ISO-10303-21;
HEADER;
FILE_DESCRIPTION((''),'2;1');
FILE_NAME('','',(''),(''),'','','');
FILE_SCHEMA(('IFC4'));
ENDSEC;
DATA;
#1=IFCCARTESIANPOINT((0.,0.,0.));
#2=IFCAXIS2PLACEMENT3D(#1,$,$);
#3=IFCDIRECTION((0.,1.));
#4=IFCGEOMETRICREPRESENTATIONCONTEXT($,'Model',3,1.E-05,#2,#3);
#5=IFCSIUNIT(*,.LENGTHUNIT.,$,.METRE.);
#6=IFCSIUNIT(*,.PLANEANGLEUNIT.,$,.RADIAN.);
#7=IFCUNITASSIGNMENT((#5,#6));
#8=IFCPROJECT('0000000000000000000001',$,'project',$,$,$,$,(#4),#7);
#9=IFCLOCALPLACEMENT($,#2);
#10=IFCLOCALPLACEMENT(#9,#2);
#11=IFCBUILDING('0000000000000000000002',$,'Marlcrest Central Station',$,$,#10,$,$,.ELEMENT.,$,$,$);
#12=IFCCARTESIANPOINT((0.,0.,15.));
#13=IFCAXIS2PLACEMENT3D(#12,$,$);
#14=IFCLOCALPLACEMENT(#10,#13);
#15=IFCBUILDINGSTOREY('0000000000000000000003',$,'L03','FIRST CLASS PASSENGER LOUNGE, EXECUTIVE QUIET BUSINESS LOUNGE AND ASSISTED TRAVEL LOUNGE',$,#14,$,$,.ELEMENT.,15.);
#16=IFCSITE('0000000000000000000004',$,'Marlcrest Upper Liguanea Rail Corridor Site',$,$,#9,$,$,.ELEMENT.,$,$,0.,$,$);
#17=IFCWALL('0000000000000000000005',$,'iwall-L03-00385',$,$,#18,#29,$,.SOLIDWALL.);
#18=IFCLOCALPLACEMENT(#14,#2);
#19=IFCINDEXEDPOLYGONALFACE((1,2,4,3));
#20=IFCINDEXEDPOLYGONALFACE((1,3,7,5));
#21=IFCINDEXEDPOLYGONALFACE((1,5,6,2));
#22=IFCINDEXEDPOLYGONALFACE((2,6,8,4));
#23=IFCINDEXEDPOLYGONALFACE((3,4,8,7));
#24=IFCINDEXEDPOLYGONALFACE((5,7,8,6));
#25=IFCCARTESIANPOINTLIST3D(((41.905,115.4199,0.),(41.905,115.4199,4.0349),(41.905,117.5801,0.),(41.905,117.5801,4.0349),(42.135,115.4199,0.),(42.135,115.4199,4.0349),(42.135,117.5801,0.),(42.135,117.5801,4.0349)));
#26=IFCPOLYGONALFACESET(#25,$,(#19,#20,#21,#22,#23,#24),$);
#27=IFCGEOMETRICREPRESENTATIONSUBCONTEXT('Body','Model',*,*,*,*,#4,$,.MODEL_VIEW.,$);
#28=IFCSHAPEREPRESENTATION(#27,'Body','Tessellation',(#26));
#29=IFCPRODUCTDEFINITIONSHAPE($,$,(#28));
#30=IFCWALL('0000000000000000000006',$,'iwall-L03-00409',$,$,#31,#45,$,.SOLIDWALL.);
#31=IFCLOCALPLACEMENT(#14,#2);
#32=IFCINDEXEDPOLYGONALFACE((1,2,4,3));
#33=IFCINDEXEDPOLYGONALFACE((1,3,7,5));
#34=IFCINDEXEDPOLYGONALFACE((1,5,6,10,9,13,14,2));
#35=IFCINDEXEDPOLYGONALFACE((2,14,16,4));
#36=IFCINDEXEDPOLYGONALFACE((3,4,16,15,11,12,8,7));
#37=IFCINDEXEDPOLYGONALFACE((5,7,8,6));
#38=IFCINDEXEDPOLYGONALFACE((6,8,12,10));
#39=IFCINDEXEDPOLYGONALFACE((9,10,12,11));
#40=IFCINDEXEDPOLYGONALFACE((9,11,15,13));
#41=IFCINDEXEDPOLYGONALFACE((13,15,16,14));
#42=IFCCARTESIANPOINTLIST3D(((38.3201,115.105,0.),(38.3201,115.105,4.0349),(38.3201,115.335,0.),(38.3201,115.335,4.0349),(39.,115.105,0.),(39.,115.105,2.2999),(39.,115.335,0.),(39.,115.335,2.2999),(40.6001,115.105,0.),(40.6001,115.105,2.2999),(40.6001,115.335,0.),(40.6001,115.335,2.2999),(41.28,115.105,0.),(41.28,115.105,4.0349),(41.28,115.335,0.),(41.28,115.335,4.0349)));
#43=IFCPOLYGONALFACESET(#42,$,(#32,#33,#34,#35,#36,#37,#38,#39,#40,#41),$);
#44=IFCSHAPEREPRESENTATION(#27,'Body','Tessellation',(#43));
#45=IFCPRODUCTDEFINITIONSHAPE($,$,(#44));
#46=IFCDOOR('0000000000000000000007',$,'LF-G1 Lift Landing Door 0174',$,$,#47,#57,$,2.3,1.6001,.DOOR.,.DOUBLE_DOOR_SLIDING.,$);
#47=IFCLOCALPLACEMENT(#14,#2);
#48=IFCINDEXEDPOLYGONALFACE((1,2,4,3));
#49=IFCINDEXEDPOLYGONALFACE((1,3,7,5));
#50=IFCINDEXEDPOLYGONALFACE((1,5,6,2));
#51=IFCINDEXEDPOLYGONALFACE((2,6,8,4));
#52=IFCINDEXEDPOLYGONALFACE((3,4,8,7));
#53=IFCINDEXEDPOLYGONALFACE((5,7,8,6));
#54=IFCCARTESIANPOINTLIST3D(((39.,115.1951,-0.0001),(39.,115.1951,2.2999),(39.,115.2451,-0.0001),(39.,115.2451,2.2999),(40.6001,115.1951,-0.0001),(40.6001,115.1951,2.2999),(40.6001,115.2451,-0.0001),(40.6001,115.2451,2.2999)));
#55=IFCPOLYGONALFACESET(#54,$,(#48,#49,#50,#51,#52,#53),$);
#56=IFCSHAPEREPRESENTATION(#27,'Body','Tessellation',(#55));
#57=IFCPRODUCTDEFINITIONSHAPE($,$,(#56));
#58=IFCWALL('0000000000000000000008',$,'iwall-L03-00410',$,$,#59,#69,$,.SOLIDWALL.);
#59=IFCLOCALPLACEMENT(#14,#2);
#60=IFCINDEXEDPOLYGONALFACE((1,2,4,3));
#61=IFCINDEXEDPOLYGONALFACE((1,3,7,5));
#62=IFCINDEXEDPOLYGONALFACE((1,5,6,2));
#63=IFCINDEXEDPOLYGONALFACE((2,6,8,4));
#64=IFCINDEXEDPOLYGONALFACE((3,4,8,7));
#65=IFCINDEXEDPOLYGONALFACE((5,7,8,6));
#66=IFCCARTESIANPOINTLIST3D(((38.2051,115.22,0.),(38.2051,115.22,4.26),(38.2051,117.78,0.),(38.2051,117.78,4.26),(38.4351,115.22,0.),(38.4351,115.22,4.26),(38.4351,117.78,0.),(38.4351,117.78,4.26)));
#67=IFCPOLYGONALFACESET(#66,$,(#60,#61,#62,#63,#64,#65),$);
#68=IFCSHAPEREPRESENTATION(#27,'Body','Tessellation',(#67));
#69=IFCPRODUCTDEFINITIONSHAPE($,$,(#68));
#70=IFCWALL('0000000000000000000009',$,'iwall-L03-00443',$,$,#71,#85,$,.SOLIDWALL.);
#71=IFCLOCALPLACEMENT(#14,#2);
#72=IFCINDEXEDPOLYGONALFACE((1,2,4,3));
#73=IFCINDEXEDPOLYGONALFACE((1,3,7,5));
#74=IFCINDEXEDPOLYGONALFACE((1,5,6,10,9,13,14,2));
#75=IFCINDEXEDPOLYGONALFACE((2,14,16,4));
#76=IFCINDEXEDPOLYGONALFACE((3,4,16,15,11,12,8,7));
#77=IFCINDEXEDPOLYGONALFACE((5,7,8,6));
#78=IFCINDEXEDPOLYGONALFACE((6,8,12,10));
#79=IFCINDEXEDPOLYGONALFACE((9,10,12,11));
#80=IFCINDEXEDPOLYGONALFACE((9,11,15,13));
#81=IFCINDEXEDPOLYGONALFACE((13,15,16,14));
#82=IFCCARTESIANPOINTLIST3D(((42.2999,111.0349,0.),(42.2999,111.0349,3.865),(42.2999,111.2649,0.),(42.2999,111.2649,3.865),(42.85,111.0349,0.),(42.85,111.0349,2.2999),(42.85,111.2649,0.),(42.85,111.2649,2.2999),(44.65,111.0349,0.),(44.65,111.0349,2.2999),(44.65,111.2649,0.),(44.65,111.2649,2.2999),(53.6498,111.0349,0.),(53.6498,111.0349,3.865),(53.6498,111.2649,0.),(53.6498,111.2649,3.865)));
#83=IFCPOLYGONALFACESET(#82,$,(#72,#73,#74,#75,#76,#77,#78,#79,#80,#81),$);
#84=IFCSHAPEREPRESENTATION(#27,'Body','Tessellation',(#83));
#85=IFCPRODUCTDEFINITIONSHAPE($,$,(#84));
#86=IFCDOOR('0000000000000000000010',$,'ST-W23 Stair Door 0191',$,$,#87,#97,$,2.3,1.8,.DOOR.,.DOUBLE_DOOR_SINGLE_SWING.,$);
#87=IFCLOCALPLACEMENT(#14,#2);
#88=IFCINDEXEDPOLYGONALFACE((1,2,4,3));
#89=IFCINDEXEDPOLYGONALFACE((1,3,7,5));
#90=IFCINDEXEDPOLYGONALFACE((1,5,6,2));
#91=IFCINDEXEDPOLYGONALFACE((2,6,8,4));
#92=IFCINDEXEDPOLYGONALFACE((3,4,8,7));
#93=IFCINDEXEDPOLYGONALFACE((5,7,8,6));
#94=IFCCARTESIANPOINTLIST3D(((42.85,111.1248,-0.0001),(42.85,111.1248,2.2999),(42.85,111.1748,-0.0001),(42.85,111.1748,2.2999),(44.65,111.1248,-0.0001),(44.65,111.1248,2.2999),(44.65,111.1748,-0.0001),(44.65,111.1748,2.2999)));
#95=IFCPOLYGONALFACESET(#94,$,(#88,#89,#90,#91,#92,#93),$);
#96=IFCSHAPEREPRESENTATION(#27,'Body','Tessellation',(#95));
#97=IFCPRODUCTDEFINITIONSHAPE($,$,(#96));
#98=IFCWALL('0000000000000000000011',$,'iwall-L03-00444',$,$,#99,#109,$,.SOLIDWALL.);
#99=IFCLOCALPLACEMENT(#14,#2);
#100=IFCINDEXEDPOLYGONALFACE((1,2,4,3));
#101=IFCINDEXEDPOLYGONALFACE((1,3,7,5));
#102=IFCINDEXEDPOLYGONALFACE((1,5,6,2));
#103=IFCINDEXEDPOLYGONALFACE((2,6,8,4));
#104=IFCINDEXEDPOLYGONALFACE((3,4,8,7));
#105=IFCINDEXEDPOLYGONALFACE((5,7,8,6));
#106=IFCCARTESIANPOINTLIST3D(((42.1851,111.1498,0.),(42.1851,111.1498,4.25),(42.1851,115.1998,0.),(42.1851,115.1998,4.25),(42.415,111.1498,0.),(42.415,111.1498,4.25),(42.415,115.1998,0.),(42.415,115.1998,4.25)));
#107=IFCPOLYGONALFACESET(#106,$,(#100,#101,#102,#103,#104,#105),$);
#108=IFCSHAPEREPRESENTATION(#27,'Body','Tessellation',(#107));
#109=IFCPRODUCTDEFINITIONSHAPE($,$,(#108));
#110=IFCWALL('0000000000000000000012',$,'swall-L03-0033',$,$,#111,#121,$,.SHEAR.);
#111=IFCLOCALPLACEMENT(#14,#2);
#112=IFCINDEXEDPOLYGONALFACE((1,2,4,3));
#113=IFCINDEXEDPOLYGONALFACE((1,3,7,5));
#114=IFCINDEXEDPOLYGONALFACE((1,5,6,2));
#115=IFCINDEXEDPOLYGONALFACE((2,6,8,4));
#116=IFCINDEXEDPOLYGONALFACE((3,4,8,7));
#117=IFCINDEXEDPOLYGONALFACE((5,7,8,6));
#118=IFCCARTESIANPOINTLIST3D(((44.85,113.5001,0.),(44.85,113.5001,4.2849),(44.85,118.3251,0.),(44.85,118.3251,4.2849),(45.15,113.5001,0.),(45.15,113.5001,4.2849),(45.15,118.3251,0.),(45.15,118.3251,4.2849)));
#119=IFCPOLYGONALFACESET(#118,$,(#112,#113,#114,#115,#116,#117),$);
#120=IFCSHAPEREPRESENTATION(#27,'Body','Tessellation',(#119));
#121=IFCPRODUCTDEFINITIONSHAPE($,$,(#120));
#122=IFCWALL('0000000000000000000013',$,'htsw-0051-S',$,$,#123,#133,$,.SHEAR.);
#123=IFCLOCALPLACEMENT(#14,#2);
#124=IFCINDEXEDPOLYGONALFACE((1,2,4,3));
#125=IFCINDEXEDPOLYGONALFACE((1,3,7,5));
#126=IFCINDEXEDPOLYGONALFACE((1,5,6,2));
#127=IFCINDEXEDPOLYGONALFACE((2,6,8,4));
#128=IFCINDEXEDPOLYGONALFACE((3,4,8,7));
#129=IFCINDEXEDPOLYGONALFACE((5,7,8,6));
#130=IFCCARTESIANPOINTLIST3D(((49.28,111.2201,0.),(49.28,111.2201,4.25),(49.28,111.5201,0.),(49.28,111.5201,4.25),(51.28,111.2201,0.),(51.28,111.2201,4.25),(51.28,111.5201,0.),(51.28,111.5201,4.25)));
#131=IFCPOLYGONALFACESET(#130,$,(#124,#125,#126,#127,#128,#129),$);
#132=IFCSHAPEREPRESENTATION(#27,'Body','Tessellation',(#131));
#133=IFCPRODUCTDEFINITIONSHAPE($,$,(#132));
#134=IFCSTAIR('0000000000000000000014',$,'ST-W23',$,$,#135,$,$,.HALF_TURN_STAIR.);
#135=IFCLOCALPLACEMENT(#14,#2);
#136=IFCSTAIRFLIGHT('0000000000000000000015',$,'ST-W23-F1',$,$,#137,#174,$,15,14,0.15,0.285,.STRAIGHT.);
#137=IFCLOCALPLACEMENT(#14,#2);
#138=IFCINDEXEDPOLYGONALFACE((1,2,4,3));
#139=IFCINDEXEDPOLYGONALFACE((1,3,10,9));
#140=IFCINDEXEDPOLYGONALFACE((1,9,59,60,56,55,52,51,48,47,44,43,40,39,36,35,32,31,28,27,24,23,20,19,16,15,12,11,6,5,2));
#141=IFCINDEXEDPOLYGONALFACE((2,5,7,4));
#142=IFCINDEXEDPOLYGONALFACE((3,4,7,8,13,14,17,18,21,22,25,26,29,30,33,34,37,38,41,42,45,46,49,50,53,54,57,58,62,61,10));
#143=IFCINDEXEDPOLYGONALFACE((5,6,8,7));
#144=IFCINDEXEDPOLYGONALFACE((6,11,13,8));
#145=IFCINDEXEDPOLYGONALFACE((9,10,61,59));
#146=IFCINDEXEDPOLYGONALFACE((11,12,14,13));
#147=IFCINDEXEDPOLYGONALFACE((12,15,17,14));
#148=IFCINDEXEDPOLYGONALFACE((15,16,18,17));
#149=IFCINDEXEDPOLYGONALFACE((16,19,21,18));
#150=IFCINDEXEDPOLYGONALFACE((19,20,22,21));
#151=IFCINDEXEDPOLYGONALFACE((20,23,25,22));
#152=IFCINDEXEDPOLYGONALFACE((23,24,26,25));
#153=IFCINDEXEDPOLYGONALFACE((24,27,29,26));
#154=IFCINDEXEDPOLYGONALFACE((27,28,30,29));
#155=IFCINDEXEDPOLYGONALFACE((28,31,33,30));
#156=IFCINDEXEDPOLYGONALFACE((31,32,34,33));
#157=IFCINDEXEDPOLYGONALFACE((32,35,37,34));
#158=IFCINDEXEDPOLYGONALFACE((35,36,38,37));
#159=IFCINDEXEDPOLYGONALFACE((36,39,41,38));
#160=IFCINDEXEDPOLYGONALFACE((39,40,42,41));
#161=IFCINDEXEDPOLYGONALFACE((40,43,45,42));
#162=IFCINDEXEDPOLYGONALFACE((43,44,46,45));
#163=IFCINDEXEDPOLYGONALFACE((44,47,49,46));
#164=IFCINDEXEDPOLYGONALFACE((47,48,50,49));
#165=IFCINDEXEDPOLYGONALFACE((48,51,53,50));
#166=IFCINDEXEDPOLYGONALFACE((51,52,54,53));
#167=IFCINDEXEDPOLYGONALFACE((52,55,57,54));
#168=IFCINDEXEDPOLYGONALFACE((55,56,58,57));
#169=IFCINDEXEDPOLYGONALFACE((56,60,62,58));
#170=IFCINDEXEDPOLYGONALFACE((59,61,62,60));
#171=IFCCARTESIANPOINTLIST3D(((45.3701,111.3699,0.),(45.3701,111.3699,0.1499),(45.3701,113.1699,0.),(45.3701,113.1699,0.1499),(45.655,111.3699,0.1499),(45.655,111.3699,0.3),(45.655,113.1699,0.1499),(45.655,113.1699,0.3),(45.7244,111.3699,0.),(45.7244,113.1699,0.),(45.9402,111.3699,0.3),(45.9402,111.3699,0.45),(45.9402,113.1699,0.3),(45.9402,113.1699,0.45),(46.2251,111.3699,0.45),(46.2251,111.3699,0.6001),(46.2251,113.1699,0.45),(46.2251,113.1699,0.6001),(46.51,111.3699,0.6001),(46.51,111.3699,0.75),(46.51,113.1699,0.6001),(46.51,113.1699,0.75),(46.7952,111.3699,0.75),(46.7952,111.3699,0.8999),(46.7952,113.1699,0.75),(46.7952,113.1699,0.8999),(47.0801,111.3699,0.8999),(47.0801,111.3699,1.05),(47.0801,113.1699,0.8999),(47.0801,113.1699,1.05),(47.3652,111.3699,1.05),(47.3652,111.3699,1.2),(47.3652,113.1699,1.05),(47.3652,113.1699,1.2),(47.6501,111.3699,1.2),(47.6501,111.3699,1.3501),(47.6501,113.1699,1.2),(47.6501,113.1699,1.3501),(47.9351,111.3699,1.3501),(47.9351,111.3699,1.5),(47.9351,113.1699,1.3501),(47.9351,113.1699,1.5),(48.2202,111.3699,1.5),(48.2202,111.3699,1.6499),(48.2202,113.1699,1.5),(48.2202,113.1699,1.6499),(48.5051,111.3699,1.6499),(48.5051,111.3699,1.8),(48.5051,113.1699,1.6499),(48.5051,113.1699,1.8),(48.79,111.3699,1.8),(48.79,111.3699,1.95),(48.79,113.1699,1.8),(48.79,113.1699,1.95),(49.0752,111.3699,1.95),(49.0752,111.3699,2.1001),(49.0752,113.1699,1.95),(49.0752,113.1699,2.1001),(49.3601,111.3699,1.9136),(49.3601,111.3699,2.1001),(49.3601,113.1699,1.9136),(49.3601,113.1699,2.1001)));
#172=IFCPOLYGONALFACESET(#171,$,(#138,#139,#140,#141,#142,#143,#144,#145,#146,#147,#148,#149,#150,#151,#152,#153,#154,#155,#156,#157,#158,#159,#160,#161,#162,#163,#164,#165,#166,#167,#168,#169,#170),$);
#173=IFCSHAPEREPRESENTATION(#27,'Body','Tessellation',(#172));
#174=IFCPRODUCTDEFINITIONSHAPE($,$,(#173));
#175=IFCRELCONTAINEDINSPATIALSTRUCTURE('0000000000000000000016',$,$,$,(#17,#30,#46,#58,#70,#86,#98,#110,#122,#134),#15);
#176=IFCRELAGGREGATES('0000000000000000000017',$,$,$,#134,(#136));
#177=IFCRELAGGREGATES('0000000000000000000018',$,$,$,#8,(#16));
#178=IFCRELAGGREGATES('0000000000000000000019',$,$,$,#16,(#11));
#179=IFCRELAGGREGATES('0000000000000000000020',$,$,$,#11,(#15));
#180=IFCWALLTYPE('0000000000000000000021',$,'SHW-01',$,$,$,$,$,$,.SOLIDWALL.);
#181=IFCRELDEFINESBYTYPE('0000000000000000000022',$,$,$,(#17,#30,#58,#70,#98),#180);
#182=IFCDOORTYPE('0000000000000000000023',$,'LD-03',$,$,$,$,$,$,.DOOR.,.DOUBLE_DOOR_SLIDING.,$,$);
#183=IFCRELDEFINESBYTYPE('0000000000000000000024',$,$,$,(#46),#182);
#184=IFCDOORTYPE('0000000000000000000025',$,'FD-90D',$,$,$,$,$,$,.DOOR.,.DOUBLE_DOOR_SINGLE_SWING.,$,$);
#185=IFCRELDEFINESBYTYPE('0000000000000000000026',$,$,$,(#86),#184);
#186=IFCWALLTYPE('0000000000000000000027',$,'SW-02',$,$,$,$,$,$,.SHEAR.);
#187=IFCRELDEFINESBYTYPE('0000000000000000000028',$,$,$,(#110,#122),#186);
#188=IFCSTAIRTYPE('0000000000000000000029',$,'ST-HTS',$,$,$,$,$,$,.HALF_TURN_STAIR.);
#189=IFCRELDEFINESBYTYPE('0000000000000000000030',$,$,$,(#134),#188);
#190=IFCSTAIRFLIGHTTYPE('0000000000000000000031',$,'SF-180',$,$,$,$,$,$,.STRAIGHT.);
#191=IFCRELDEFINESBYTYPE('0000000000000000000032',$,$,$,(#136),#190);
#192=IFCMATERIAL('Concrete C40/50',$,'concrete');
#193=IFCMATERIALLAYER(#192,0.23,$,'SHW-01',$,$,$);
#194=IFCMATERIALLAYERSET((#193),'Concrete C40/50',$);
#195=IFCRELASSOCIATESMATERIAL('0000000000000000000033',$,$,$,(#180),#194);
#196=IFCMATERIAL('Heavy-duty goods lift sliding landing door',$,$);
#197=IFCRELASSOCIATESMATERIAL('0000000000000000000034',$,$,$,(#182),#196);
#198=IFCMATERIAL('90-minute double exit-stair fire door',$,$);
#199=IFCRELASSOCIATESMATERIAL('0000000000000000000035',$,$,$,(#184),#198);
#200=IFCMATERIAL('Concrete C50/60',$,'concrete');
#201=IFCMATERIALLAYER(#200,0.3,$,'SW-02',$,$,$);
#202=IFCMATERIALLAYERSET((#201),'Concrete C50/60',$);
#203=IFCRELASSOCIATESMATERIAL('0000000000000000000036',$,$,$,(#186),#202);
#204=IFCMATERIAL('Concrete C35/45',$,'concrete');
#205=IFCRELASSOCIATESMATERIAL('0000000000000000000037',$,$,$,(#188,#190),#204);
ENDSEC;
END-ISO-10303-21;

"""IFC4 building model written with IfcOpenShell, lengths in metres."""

from ifc_helpers import new_model, si_unit, direction, frame, frame_2d, origin, place, context, subcontext, project, spatial, polyline, rectangle, outline, extrude, material, layer, layer_set, type_object, element, fill, aggregate, save


model = new_model("IFC4")

# Units and contexts
model_context = context("Model", 3, precision=1e-05, world=origin(), true_north=direction((0.0, 1.0)))
body_context = subcontext(model_context, "Body", "Model", "MODEL_VIEW")
ifc_project = project(units=[si_unit("LENGTHUNIT", "METRE"), si_unit("PLANEANGLEUNIT", "RADIAN")], contexts=[model_context])

# Site, building, storey
site_placement = place(None, origin())
site = spatial("IfcSite", under=ifc_project, at=site_placement, Name="Marlcrest Upper Liguanea Rail Corridor Site", CompositionType="ELEMENT", RefElevation=0.0)
building_placement = place(site_placement, origin())
building = spatial("IfcBuilding", under=site, at=building_placement, Name="Marlcrest Central Station", CompositionType="ELEMENT")
storey_placement = place(building_placement, frame((0.0, 0.0, 15.0)))
storey = spatial("IfcBuildingStorey", under=building, at=storey_placement, Name="L03", Description="FIRST CLASS PASSENGER LOUNGE, EXECUTIVE QUIET BUSINESS LOUNGE AND ASSISTED TRAVEL LOUNGE", CompositionType="ELEMENT", Elevation=15.0)

# Shared definitions
ifc_material_1 = material(Name="Concrete C40/50", Category="concrete")
ifc_layer_1 = layer(ifc_material_1, 0.23, Name="SHW-01")
ifc_layer_set_1 = layer_set([ifc_layer_1], Name="Concrete C40/50")
wall_type_1 = type_object("IfcWallType", Name="SHW-01", PredefinedType="SOLIDWALL", material=ifc_layer_set_1)

# Wall
wall_1_placement = place(storey_placement, frame((42.02, 115.4199, 0.0), z_axis=(0.0, 0.0, 1.0), x_axis=(0.0, 1.0, 0.0)))
element("IfcWall", 1, at=wall_1_placement, inside=storey, type_object=wall_type_1, Name="iwall-L03-00385", PredefinedType="SOLIDWALL", context=body_context, shape_type="SweptSolid", body=[
    extrude(rectangle(XDim=2.1602, YDim=0.23, at=frame_2d((1.0801, 0.0))), origin(), (0.0, 0.0, 1.0), 4.0349),
])

# Wall, opening, door
wall_2_placement = place(storey_placement, frame((41.28, 115.22, 0.0), z_axis=(0.0, 0.0, 1.0), x_axis=(-1.0, 0.0, 0.0)))
wall_2 = element("IfcWall", 2, at=wall_2_placement, inside=storey, type_object=wall_type_1, Name="iwall-L03-00409", PredefinedType="SOLIDWALL", context=body_context, shape_type="SweptSolid", body=[
    extrude(rectangle(XDim=2.96, YDim=0.23, at=frame_2d((1.48, 0.0))), origin(), (0.0, 0.0, 1.0), 4.0349),
])
opening_1_placement = place(wall_2_placement, frame((0.6799, 0.0, 0.0)))
opening_1 = element("IfcOpeningElement", 3, at=opening_1_placement, cuts=wall_2, PredefinedType="OPENING", context=body_context, shape_type="SweptSolid", body=[
    extrude(rectangle(XDim=1.6001, YDim=2.3, at=frame_2d((0.8, 1.1499))), frame((0.0, 0.125, 0.0), z_axis=(0.0, -1.0, 0.0), x_axis=(1.0, 0.0, 0.0)), (0.0, 0.0, 1.0), 0.25),
])
ifc_material_2 = material(Name="Heavy-duty goods lift sliding landing door")
door_type_1 = type_object("IfcDoorType", Name="LD-03", OperationType="DOUBLE_DOOR_SLIDING", PredefinedType="DOOR", material=ifc_material_2)
door_1_placement = place(opening_1_placement, origin())
door_1 = element("IfcDoor", 4, at=door_1_placement, inside=storey, type_object=door_type_1, Name="LF-G1 Lift Landing Door 0174", OperationType="DOUBLE_DOOR_SLIDING", OverallHeight=2.3, OverallWidth=1.6001, PredefinedType="DOOR", context=body_context, shape_type="SweptSolid", body=[
    extrude(rectangle(XDim=1.6001, YDim=2.3, at=frame_2d((0.8, 1.1499))), frame((0.0, 0.0249, 0.0), z_axis=(0.0, -1.0, 0.0), x_axis=(1.0, 0.0, 0.0)), (0.0, 0.0, 1.0), 0.05),
])
fill(opening_1, door_1)

# Wall
wall_3_placement = place(storey_placement, frame((38.3201, 115.22, 0.0), z_axis=(0.0, 0.0, 1.0), x_axis=(0.0, 1.0, 0.0)))
element("IfcWall", 5, at=wall_3_placement, inside=storey, type_object=wall_type_1, Name="iwall-L03-00410", PredefinedType="SOLIDWALL", context=body_context, shape_type="SweptSolid", body=[
    extrude(rectangle(XDim=2.5601, YDim=0.23, at=frame_2d((1.28, 0.0))), origin(), (0.0, 0.0, 1.0), 4.26),
])

# Wall, opening, door
wall_4_placement = place(storey_placement, frame((42.3, 111.1499, 0.0), z_axis=(0.0, 0.0, 1.0), x_axis=(1.0, 0.0, 0.0)))
wall_4 = element("IfcWall", 6, at=wall_4_placement, inside=storey, type_object=wall_type_1, Name="iwall-L03-00443", PredefinedType="SOLIDWALL", context=body_context, shape_type="SweptSolid", body=[
    extrude(rectangle(XDim=11.3499, YDim=0.23, at=frame_2d((5.6748, 0.0))), origin(), (0.0, 0.0, 1.0), 3.865),
])
opening_2_placement = place(wall_4_placement, frame((0.55, 0.0, 0.0)))
opening_2 = element("IfcOpeningElement", 7, at=opening_2_placement, cuts=wall_4, PredefinedType="OPENING", context=body_context, shape_type="SweptSolid", body=[
    extrude(rectangle(XDim=1.8, YDim=2.3, at=frame_2d((0.8999, 1.1499))), frame((0.0, 0.125, 0.0), z_axis=(0.0, -1.0, 0.0), x_axis=(1.0, 0.0, 0.0)), (0.0, 0.0, 1.0), 0.25),
])
ifc_material_3 = material(Name="90-minute double exit-stair fire door")
door_type_2 = type_object("IfcDoorType", Name="FD-90D", OperationType="DOUBLE_DOOR_SINGLE_SWING", PredefinedType="DOOR", material=ifc_material_3)
door_2_placement = place(opening_2_placement, origin())
door_2 = element("IfcDoor", 8, at=door_2_placement, inside=storey, type_object=door_type_2, Name="ST-W23 Stair Door 0191", OperationType="DOUBLE_DOOR_SINGLE_SWING", OverallHeight=2.3, OverallWidth=1.8, PredefinedType="DOOR", context=body_context, shape_type="SweptSolid", body=[
    extrude(rectangle(XDim=1.8, YDim=2.3, at=frame_2d((0.8999, 1.1499))), frame((0.0, 0.0249, 0.0), z_axis=(0.0, -1.0, 0.0), x_axis=(1.0, 0.0, 0.0)), (0.0, 0.0, 1.0), 0.05),
])
fill(opening_2, door_2)

# Walls
wall_5_placement = place(storey_placement, frame((42.3, 111.1499, 0.0), z_axis=(0.0, 0.0, 1.0), x_axis=(0.0, 1.0, 0.0)))
element("IfcWall", 9, at=wall_5_placement, inside=storey, type_object=wall_type_1, Name="iwall-L03-00444", PredefinedType="SOLIDWALL", context=body_context, shape_type="SweptSolid", body=[
    extrude(rectangle(XDim=4.05, YDim=0.23, at=frame_2d((2.0249, 0.0))), origin(), (0.0, 0.0, 1.0), 4.25),
])
ifc_material_4 = material(Name="Concrete C50/60", Category="concrete")
ifc_layer_2 = layer(ifc_material_4, 0.3, Name="SW-02")
ifc_layer_set_2 = layer_set([ifc_layer_2], Name="Concrete C50/60")
wall_type_2 = type_object("IfcWallType", Name="SW-02", PredefinedType="SHEAR", material=ifc_layer_set_2)
wall_6_placement = place(storey_placement, frame((45.0, 113.5, 0.0), z_axis=(0.0, 0.0, 1.0), x_axis=(0.0, 1.0, 0.0)))
element("IfcWall", 10, at=wall_6_placement, inside=storey, type_object=wall_type_2, Name="swall-L03-0033", PredefinedType="SHEAR", context=body_context, shape_type="SweptSolid", body=[
    extrude(rectangle(XDim=4.825, YDim=0.3, at=frame_2d((2.4126, 0.0))), origin(), (0.0, 0.0, 1.0), 4.2849),
])
wall_7_placement = place(storey_placement, frame((49.28, 111.3701, 0.0), z_axis=(0.0, 0.0, 1.0), x_axis=(1.0, 0.0, 0.0)))
element("IfcWall", 11, at=wall_7_placement, inside=storey, type_object=wall_type_2, Name="htsw-0051-S", PredefinedType="SHEAR", context=body_context, shape_type="SweptSolid", body=[
    extrude(rectangle(XDim=2.0, YDim=0.3, at=frame_2d((1.0, 0.0))), origin(), (0.0, 0.0, 1.0), 4.25),
])

# Stair, stair flight
ifc_material_5 = material(Name="Concrete C35/45", Category="concrete")
stair_type = type_object("IfcStairType", Name="ST-HTS", PredefinedType="HALF_TURN_STAIR", material=ifc_material_5)
stair_placement = place(storey_placement, origin())
stair = element("IfcStair", 12, at=stair_placement, inside=storey, type_object=stair_type, Name="ST-W23", PredefinedType="HALF_TURN_STAIR")
stair_flight_type = type_object("IfcStairFlightType", Name="SF-180", PredefinedType="STRAIGHT", material=ifc_material_5)
stair_flight_placement = place(storey_placement, frame((45.3701, 112.27, 0.0), z_axis=(0.0, 0.0, 1.0), x_axis=(1.0, 0.0, 0.0)))
stair_flight = element("IfcStairFlight", 13, at=stair_flight_placement, type_object=stair_flight_type, Name="ST-W23-F1", NumberOfRisers=15, NumberOfTreads=14, PredefinedType="STRAIGHT", RiserHeight=0.15, TreadLength=0.285, context=body_context, shape_type="SweptSolid", body=[
    extrude(outline(polyline([(0.0, 0.0), (0.0, 0.1499), (0.2849, 0.1499), (0.2849, 0.3), (0.5701, 0.3), (0.5701, 0.45), (0.855, 0.45), (0.855, 0.6001), (1.1399, 0.6001), (1.1399, 0.75), (1.425, 0.75), (1.425, 0.8999), (1.71, 0.8999), (1.71, 1.05), (1.9951, 1.05), (1.9951, 1.2), (2.28, 1.2), (2.28, 1.3501), (2.5649, 1.3501), (2.5649, 1.5), (2.8501, 1.5), (2.8501, 1.6499), (3.135, 1.6499), (3.135, 1.8), (3.4199, 1.8), (3.4199, 1.95), (3.7051, 1.95), (3.7051, 2.1001), (3.99, 2.1001), (3.99, 2.25), (3.99, 1.9136), (0.3542, 0.0), (0.0, 0.0)])), frame((0.0, 0.8999, 0.0), z_axis=(0.0, -1.0, 0.0), x_axis=(1.0, 0.0, 0.0)), (0.0, 0.0, 1.0), 1.8),
])
aggregate(stair, [stair_flight])

save(model, "model.ifc")
